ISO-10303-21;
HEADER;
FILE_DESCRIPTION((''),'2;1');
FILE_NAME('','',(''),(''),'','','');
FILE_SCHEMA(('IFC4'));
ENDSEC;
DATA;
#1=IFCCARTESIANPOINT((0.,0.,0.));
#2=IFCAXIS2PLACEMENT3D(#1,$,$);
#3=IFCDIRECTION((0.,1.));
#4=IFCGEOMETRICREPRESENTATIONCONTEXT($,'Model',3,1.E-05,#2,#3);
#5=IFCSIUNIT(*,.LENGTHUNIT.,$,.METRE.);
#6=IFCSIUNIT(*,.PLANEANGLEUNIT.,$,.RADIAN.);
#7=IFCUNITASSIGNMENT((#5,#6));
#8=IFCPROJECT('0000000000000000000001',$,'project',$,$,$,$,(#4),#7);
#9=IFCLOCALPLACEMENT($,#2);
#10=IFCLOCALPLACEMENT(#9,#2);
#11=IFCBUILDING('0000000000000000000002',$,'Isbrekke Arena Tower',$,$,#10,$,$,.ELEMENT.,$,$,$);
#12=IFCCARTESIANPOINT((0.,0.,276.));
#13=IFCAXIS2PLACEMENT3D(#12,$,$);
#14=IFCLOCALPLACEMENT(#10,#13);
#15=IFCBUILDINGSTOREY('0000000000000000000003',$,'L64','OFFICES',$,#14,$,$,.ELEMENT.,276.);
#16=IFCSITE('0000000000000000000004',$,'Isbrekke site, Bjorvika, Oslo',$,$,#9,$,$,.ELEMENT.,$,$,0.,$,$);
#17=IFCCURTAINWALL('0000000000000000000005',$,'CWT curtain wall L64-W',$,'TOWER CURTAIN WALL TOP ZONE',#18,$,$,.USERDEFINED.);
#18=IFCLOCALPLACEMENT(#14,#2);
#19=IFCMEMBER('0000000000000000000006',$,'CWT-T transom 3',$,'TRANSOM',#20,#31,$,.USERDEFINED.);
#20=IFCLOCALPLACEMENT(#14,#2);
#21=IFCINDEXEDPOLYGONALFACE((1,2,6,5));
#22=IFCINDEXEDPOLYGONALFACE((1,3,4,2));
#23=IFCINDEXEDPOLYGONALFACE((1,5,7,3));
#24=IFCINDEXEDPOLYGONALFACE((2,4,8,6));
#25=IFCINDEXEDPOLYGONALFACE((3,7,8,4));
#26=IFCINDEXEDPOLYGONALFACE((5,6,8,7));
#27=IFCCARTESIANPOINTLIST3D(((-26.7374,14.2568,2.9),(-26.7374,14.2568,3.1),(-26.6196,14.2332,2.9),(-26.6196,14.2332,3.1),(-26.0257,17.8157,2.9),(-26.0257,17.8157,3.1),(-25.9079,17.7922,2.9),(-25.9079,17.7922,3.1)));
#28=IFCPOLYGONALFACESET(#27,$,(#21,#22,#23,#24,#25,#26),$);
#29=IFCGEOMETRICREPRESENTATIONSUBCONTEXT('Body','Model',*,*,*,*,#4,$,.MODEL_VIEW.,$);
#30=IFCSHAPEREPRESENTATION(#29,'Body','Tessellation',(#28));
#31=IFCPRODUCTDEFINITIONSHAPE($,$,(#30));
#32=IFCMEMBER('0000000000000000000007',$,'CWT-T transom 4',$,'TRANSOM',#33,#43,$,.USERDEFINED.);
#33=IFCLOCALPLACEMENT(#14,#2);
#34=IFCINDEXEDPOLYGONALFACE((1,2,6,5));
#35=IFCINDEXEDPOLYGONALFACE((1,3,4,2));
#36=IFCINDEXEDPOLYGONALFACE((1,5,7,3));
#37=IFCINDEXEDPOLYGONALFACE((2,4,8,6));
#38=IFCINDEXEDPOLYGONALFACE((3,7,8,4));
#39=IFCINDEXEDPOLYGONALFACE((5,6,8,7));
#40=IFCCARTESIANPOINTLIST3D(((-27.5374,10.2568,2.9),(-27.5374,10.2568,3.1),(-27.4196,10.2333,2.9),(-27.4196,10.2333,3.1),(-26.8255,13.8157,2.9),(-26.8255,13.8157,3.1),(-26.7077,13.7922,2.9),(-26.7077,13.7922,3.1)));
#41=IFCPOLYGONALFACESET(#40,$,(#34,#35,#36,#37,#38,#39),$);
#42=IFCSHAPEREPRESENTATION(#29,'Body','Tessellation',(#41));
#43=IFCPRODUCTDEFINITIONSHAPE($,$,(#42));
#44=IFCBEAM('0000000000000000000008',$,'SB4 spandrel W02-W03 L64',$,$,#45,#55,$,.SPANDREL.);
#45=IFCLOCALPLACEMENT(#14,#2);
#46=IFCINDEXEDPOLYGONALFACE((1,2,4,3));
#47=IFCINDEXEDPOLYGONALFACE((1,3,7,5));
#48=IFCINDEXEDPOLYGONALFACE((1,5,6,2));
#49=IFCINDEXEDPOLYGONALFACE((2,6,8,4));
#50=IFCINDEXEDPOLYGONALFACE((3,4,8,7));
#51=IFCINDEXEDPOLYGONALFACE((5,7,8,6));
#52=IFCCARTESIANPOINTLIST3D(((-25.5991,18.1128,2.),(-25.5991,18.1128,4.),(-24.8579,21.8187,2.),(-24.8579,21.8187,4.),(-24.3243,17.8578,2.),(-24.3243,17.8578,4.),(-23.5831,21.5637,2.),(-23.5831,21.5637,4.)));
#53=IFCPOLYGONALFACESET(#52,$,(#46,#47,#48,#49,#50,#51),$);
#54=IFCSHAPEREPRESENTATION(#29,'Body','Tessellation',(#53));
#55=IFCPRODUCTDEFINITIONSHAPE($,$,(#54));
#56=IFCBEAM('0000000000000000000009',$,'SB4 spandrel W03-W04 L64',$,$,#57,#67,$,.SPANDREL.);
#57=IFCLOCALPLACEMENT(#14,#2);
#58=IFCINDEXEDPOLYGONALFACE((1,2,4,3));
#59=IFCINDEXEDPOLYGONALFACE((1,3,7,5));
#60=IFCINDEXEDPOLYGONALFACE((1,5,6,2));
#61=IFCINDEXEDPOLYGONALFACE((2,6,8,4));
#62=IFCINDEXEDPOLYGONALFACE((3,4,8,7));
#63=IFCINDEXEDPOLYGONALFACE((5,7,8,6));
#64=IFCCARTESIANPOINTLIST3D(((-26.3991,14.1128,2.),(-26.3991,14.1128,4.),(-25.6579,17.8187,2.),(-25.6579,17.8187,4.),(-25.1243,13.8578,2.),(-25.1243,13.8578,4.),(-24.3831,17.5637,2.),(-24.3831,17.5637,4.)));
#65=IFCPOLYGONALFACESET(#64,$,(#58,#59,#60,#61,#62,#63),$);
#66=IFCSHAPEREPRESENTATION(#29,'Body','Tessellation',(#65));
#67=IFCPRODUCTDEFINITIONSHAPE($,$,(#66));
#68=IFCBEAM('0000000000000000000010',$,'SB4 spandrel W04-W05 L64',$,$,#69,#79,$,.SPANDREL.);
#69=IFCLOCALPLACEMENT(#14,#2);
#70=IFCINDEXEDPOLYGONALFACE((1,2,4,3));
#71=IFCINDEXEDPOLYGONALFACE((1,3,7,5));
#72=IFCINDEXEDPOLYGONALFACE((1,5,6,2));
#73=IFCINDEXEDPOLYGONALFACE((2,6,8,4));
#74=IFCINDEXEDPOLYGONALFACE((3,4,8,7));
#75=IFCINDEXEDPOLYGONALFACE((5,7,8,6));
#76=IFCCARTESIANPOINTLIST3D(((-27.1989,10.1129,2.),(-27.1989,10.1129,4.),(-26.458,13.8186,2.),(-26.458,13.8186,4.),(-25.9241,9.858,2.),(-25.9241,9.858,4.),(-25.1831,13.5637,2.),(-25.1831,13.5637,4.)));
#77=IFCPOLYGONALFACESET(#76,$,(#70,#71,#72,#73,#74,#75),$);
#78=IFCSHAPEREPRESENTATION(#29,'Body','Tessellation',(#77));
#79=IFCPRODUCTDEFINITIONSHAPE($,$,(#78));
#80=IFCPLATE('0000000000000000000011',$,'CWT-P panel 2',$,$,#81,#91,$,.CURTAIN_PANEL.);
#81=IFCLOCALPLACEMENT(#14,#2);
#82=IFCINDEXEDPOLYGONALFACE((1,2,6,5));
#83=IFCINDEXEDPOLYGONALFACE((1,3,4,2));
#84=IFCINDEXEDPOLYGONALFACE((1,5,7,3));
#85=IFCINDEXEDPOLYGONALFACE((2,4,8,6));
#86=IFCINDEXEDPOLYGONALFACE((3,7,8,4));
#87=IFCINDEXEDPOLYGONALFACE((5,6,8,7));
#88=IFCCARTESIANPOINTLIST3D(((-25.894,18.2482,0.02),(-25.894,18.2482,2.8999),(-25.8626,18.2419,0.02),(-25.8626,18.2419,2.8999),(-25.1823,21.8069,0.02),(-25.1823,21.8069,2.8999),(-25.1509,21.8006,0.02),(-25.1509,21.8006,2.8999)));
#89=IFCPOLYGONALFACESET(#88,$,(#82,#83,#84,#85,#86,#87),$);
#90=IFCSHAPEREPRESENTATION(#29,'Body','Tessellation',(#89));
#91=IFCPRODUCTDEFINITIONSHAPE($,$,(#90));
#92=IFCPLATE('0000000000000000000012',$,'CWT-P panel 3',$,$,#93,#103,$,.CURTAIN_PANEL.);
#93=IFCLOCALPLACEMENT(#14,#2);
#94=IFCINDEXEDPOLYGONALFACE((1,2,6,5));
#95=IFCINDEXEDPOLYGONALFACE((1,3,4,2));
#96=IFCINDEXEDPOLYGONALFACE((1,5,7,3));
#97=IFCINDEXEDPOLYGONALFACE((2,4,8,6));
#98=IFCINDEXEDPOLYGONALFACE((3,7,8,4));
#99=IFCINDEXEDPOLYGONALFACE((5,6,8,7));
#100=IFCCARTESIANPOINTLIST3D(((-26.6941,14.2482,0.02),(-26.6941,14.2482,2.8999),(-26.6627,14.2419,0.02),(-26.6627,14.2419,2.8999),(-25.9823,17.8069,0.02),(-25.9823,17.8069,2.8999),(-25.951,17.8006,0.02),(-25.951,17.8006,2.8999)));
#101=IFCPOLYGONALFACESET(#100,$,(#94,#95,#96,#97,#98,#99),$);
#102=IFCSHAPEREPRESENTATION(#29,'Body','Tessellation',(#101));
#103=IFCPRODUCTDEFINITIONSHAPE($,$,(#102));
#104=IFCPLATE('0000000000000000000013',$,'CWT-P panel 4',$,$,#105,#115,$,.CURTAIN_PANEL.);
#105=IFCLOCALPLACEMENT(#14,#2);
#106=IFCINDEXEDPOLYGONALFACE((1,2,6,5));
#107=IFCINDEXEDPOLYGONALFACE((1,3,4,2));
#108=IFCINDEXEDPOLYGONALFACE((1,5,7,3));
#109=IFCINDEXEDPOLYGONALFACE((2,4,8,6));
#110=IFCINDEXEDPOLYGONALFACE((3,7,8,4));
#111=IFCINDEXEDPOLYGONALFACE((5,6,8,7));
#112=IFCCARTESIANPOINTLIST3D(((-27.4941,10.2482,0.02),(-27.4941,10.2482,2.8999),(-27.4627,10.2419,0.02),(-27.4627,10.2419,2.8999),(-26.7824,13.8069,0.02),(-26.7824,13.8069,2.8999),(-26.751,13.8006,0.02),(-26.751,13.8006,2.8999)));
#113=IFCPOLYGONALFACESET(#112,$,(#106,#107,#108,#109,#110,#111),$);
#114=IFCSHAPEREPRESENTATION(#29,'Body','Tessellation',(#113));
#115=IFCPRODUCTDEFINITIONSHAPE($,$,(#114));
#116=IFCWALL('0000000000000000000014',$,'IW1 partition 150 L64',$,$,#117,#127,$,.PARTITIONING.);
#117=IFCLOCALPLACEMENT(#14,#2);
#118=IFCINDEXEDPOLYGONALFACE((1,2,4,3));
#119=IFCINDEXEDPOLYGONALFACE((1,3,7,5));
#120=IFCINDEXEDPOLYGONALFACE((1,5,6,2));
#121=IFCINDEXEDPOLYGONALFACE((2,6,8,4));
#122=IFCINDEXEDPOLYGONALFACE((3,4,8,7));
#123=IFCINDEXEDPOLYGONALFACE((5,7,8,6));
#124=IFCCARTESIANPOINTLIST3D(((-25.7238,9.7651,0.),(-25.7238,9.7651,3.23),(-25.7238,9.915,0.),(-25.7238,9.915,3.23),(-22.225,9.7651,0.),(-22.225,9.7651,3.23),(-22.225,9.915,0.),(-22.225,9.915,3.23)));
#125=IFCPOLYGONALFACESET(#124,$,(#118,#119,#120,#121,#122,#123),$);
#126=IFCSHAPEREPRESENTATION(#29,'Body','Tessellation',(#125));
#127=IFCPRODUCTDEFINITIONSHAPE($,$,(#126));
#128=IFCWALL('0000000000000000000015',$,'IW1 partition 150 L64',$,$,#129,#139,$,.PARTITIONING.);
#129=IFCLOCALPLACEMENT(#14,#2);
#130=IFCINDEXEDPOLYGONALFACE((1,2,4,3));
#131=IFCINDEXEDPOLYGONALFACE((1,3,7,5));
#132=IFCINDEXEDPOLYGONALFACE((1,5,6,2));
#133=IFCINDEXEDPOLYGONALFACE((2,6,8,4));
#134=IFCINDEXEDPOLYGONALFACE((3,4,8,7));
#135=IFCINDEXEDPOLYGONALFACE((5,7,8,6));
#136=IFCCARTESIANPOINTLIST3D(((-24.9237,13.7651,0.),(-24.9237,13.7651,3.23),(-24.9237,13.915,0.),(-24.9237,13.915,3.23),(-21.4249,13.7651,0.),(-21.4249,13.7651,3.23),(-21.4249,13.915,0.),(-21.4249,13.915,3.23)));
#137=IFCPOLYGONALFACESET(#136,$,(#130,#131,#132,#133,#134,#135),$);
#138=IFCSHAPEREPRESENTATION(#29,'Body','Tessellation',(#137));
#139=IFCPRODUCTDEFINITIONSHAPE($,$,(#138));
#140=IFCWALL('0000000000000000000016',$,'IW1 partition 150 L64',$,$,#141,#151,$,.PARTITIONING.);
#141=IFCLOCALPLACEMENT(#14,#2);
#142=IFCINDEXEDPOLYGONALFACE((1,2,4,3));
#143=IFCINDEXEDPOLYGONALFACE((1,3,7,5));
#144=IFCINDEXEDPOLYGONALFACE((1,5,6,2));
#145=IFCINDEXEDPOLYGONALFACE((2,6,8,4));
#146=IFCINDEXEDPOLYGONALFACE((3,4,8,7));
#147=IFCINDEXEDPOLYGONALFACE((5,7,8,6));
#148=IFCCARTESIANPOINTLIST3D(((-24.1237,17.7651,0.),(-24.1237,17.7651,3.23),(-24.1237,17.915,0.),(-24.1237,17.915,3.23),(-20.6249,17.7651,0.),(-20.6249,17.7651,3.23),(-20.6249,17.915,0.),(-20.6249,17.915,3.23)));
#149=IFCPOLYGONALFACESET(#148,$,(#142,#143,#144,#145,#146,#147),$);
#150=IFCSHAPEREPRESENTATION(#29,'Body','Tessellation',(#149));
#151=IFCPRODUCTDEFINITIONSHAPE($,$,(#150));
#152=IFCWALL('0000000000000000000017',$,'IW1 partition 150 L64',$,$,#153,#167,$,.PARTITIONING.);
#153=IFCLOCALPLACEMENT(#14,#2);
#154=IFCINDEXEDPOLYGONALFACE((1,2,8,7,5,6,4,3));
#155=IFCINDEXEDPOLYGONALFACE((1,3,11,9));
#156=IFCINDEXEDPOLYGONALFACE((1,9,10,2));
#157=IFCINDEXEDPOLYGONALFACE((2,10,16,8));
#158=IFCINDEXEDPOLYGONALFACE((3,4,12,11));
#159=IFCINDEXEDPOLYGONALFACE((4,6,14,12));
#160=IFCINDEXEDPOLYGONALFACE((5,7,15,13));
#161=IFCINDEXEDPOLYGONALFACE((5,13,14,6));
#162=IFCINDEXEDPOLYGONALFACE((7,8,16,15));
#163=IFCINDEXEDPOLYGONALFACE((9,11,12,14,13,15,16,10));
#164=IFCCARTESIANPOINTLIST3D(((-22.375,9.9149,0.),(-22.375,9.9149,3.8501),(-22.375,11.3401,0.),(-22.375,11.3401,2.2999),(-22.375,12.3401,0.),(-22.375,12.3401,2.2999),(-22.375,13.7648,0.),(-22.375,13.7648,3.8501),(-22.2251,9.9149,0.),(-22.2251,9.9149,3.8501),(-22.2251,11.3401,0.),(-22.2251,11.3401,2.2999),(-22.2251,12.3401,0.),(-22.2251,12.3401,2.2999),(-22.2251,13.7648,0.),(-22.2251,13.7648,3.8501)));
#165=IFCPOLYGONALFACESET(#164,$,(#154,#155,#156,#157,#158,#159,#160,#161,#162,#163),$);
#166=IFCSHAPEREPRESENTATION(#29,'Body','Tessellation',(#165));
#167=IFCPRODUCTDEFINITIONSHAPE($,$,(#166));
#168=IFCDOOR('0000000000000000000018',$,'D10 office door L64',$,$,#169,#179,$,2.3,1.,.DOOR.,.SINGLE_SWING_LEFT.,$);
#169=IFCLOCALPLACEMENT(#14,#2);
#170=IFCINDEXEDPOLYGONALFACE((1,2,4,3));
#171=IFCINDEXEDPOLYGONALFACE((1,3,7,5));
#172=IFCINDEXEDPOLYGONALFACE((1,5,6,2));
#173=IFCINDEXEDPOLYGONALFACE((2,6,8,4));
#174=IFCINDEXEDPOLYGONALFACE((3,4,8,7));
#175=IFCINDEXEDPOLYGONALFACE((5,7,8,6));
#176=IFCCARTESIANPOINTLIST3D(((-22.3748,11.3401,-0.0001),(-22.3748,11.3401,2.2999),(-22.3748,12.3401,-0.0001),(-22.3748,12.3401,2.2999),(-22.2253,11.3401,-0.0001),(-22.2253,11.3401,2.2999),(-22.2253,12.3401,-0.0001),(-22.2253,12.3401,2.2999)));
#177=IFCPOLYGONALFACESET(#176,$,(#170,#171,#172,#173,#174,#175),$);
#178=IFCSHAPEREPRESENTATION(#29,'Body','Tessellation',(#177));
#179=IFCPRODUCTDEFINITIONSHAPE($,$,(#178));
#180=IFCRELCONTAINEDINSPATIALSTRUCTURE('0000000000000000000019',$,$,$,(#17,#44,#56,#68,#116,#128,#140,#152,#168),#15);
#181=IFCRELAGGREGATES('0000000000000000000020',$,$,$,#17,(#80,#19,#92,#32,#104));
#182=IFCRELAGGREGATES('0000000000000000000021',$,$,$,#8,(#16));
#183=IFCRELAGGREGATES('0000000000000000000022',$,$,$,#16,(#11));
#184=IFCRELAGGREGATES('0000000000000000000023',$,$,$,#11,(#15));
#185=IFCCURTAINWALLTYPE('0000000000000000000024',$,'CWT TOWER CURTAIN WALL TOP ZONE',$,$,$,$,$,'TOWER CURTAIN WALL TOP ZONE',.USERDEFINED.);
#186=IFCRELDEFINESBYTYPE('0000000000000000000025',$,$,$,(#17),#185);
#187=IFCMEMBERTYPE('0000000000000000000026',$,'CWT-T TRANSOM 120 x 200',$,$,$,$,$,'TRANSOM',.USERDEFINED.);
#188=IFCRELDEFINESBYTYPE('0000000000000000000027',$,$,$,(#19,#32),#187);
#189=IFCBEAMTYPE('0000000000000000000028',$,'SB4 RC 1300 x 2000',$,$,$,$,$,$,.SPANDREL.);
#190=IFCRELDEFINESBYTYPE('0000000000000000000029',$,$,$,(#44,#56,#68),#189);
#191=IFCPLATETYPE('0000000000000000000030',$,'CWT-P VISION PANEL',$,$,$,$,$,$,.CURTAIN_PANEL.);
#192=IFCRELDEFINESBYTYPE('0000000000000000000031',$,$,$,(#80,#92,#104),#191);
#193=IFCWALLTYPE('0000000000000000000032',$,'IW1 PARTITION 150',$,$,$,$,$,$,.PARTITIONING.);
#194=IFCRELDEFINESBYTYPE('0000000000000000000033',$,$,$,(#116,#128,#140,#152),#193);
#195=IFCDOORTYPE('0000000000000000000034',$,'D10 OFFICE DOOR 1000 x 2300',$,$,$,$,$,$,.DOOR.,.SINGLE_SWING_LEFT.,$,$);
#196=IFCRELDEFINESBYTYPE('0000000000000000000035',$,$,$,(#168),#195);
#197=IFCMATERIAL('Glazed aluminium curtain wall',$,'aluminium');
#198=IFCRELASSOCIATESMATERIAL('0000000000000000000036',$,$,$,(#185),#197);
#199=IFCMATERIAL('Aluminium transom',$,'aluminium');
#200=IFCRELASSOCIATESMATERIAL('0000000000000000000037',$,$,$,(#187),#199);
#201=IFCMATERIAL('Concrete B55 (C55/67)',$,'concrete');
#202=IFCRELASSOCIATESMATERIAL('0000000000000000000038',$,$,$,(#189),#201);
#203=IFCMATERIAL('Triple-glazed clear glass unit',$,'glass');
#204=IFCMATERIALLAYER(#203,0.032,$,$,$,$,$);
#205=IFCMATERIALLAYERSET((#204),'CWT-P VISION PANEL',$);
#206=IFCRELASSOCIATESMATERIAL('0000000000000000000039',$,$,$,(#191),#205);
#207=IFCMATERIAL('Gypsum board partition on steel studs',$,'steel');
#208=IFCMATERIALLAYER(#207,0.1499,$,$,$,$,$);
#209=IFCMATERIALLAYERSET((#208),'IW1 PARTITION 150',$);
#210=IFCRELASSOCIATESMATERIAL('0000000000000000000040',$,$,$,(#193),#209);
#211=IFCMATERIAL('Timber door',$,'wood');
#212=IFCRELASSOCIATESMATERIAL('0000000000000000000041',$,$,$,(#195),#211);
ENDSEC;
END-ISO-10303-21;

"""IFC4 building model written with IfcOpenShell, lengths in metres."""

from ifc_helpers import new_model, si_unit, direction, frame, frame_2d, origin, origin_2d, place, context, subcontext, project, spatial, rectangle, extrude, material, layer, layer_set, material_profile, profile_set, type_object, element, fill, aggregate, save


model = new_model("IFC4")

# Units and contexts
model_context = context("Model", 3, precision=1e-05, world=origin(), true_north=direction((0.0, 1.0)))
body_context = subcontext(model_context, "Body", "Model", "MODEL_VIEW")
ifc_project = project(units=[si_unit("LENGTHUNIT", "METRE"), si_unit("PLANEANGLEUNIT", "RADIAN")], contexts=[model_context])

# Site, building, storey
site_placement = place(None, origin())
site = spatial("IfcSite", under=ifc_project, at=site_placement, Name="Isbrekke site, Bjorvika, Oslo", CompositionType="ELEMENT", RefElevation=0.0)
building_placement = place(site_placement, origin())
building = spatial("IfcBuilding", under=site, at=building_placement, Name="Isbrekke Arena Tower", CompositionType="ELEMENT")
storey_placement = place(building_placement, frame((0.0, 0.0, 276.0)))
storey = spatial("IfcBuildingStorey", under=building, at=storey_placement, Name="L64", Description="OFFICES", CompositionType="ELEMENT", Elevation=276.0)

# Curtain wall, members
ifc_material_1 = material(Name="Glazed aluminium curtain wall", Category="aluminium")
curtain_wall_type = type_object("IfcCurtainWallType", Name="CWT TOWER CURTAIN WALL TOP ZONE", ElementType="TOWER CURTAIN WALL TOP ZONE", PredefinedType="USERDEFINED", material=ifc_material_1)
curtain_wall_placement = place(storey_placement, origin())
curtain_wall = element("IfcCurtainWall", 1, at=curtain_wall_placement, inside=storey, type_object=curtain_wall_type, Name="CWT curtain wall L64-W", ObjectType="TOWER CURTAIN WALL TOP ZONE", PredefinedType="USERDEFINED")
ifc_material_2 = material(Name="Aluminium transom", Category="aluminium")
ifc_material_profile_1 = material_profile(ifc_material_2, rectangle(XDim=0.1201, YDim=0.2, at=origin_2d()), Name="TRANSOM 120X200")
ifc_profile_set_1 = profile_set([ifc_material_profile_1], Name="Aluminium transom")
member_type_1 = type_object("IfcMemberType", Name="CWT-T TRANSOM 120 x 200", ElementType="TRANSOM", PredefinedType="USERDEFINED", material=ifc_profile_set_1)
member_1_placement = place(storey_placement, frame((-25.9668, 17.804, 3.0), z_axis=(-0.19609, -0.980586, 0.0), x_axis=(0.980586, -0.19609, 0.0)))
member_1 = element("IfcMember", 2, at=member_1_placement, type_object=member_type_1, Name="CWT-T transom 3", ObjectType="TRANSOM", PredefinedType="USERDEFINED", context=body_context, shape_type="SweptSolid", body=[
    extrude(rectangle(XDim=0.1201, YDim=0.2, at=origin_2d()), origin(), (0.0, 0.0, 1.0), 3.6294),
])
member_2_placement = place(storey_placement, frame((-26.7666, 13.804, 3.0), z_axis=(-0.196155, -0.980573, 0.0), x_axis=(0.980573, -0.196155, 0.0)))
member_2 = element("IfcMember", 3, at=member_2_placement, type_object=member_type_1, Name="CWT-T transom 4", ObjectType="TRANSOM", PredefinedType="USERDEFINED", context=body_context, shape_type="SweptSolid", body=[
    extrude(rectangle(XDim=0.1201, YDim=0.2, at=origin_2d()), origin(), (0.0, 0.0, 1.0), 3.6294),
])

# Beams
ifc_material_3 = material(Name="Concrete B55 (C55/67)", Category="concrete")
ifc_material_profile_2 = material_profile(ifc_material_3, rectangle(XDim=1.3, YDim=2.0, at=origin_2d()), Name="RC 1300x2000")
ifc_profile_set_2 = profile_set([ifc_material_profile_2], Name="Concrete B55 (C55/67)")
beam_type_1 = type_object("IfcBeamType", Name="SB4 RC 1300 x 2000", PredefinedType="SPANDREL", material=ifc_profile_set_2)
for number, where, z_axis, x_axis, name in (
    (4, (-24.2205, 21.6912, 3.0), (-0.196129, -0.980578, 0.0), (0.980578, -0.196129, 0.0), "SB4 spandrel W02-W03 L64"),
    (5, (-25.0205, 17.6912, 3.0), (-0.196129, -0.980578, 0.0), (0.980578, -0.196129, 0.0), "SB4 spandrel W03-W04 L64"),
):
    element("IfcBeam", number, at=place(storey_placement, frame(where, z_axis=z_axis, x_axis=x_axis)), inside=storey, type_object=beam_type_1, Name=name, PredefinedType="SPANDREL", context=body_context, shape_type="SweptSolid", body=[
        extrude(rectangle(XDim=1.3, YDim=2.0, at=origin_2d()), origin(), (0.0, 0.0, 1.0), 3.7793),
    ])
beam_1_placement = place(storey_placement, frame((-25.8206, 13.6912, 3.0), z_axis=(-0.196066, -0.980591, 0.0), x_axis=(0.980591, -0.196066, 0.0)))
element("IfcBeam", 6, at=beam_1_placement, inside=storey, type_object=beam_type_1, Name="SB4 spandrel W04-W05 L64", PredefinedType="SPANDREL", context=body_context, shape_type="SweptSolid", body=[
    extrude(rectangle(XDim=1.3, YDim=2.0, at=origin_2d()), origin(), (0.0, 0.0, 1.0), 3.7791),
])

# Plates
ifc_material_4 = material(Name="Triple-glazed clear glass unit", Category="glass")
ifc_layer_1 = layer(ifc_material_4, 0.032)
ifc_layer_set_1 = layer_set([ifc_layer_1], Name="CWT-P VISION PANEL")
plate_type = type_object("IfcPlateType", Name="CWT-P VISION PANEL", PredefinedType="CURTAIN_PANEL", material=ifc_layer_set_1)
plate_1_placement = place(storey_placement, frame((-25.5225, 20.0244, 0.02), z_axis=(0.0, 0.0, 1.0), x_axis=(-0.196116, -0.980581, 0.0)))
plate_1 = element("IfcPlate", 7, at=plate_1_placement, type_object=plate_type, Name="CWT-P panel 2", PredefinedType="CURTAIN_PANEL", context=body_context, shape_type="SweptSolid", body=[
    extrude(rectangle(XDim=3.6292, YDim=0.032, at=origin_2d()), origin(), (0.0, 0.0, 1.0), 2.8799),
])
plate_2_placement = place(storey_placement, frame((-26.3225, 16.0244, 0.02), z_axis=(0.0, 0.0, 1.0), x_axis=(-0.196116, -0.980581, 0.0)))
plate_2 = element("IfcPlate", 8, at=plate_2_placement, type_object=plate_type, Name="CWT-P panel 3", PredefinedType="CURTAIN_PANEL", context=body_context, shape_type="SweptSolid", body=[
    extrude(rectangle(XDim=3.6292, YDim=0.032, at=origin_2d()), origin(), (0.0, 0.0, 1.0), 2.8799),
])
plate_3_placement = place(storey_placement, frame((-27.1226, 12.0244, 0.02), z_axis=(0.0, 0.0, 1.0), x_axis=(-0.196116, -0.980581, 0.0)))
plate_3 = element("IfcPlate", 9, at=plate_3_placement, type_object=plate_type, Name="CWT-P panel 4", PredefinedType="CURTAIN_PANEL", context=body_context, shape_type="SweptSolid", body=[
    extrude(rectangle(XDim=3.6292, YDim=0.032, at=origin_2d()), origin(), (0.0, 0.0, 1.0), 2.8799),
])
aggregate(curtain_wall, [plate_1, member_1, plate_2, member_2, plate_3])

# Walls
ifc_material_5 = material(Name="Gypsum board partition on steel studs", Category="steel")
ifc_layer_2 = layer(ifc_material_5, 0.1499)
ifc_layer_set_2 = layer_set([ifc_layer_2], Name="IW1 PARTITION 150")
wall_type = type_object("IfcWallType", Name="IW1 PARTITION 150", PredefinedType="PARTITIONING", material=ifc_layer_set_2)
for number, where, z_axis, x_axis, name in (
    (10, (-25.7239, 9.8401, 0.0), (0.0, 0.0, 1.0), (1.0, 0.0, 0.0), "IW1 partition 150 L64"),
    (11, (-24.9238, 13.8401, 0.0), (0.0, 0.0, 1.0), (1.0, 0.0, 0.0), "IW1 partition 150 L64"),
    (12, (-24.1238, 17.8401, 0.0), (0.0, 0.0, 1.0), (1.0, 0.0, 0.0), "IW1 partition 150 L64"),
):
    element("IfcWall", number, at=place(storey_placement, frame(where, z_axis=z_axis, x_axis=x_axis)), inside=storey, type_object=wall_type, Name=name, PredefinedType="PARTITIONING", context=body_context, shape_type="SweptSolid", body=[
        extrude(rectangle(XDim=3.4988, YDim=0.1499, at=frame_2d((1.7495, 0.0))), origin(), (0.0, 0.0, 1.0), 3.23),
    ])

# Wall, opening, door
wall_1_placement = place(storey_placement, frame((-22.3, 9.915, 0.0), z_axis=(0.0, 0.0, 1.0), x_axis=(0.0, 1.0, 0.0)))
wall_1 = element("IfcWall", 13, at=wall_1_placement, inside=storey, type_object=wall_type, Name="IW1 partition 150 L64", PredefinedType="PARTITIONING", context=body_context, shape_type="SweptSolid", body=[
    extrude(rectangle(XDim=3.8499, YDim=0.1499, at=frame_2d((1.9248, 0.0))), origin(), (0.0, 0.0, 1.0), 3.8501),
])
opening_1_placement = place(wall_1_placement, frame((1.425, 0.0, 0.0)))
opening_1 = element("IfcOpeningElement", 14, at=opening_1_placement, cuts=wall_1, PredefinedType="OPENING", context=body_context, shape_type="SweptSolid", body=[
    extrude(rectangle(XDim=1.0, YDim=2.3, at=frame_2d((0.5, 1.1499))), frame((0.0, 0.0898, 0.0), z_axis=(0.0, -1.0, 0.0), x_axis=(1.0, 0.0, 0.0)), (0.0, 0.0, 1.0), 0.1797),
])
ifc_material_6 = material(Name="Timber door", Category="wood")
door_type = type_object("IfcDoorType", Name="D10 OFFICE DOOR 1000 x 2300", OperationType="SINGLE_SWING_LEFT", PredefinedType="DOOR", material=ifc_material_6)
door_1_placement = place(opening_1_placement, origin())
door_1 = element("IfcDoor", 15, at=door_1_placement, inside=storey, type_object=door_type, Name="D10 office door L64", OperationType="SINGLE_SWING_LEFT", OverallHeight=2.3, OverallWidth=1.0, PredefinedType="DOOR", context=body_context, shape_type="SweptSolid", body=[
    extrude(rectangle(XDim=1.0, YDim=2.3, at=frame_2d((0.5, 1.1499))), frame((0.0, 0.0747, 0.0), z_axis=(0.0, -1.0, 0.0), x_axis=(1.0, 0.0, 0.0)), (0.0, 0.0, 1.0), 0.1494),
])
fill(opening_1, door_1)

save(model, "model.ifc")
